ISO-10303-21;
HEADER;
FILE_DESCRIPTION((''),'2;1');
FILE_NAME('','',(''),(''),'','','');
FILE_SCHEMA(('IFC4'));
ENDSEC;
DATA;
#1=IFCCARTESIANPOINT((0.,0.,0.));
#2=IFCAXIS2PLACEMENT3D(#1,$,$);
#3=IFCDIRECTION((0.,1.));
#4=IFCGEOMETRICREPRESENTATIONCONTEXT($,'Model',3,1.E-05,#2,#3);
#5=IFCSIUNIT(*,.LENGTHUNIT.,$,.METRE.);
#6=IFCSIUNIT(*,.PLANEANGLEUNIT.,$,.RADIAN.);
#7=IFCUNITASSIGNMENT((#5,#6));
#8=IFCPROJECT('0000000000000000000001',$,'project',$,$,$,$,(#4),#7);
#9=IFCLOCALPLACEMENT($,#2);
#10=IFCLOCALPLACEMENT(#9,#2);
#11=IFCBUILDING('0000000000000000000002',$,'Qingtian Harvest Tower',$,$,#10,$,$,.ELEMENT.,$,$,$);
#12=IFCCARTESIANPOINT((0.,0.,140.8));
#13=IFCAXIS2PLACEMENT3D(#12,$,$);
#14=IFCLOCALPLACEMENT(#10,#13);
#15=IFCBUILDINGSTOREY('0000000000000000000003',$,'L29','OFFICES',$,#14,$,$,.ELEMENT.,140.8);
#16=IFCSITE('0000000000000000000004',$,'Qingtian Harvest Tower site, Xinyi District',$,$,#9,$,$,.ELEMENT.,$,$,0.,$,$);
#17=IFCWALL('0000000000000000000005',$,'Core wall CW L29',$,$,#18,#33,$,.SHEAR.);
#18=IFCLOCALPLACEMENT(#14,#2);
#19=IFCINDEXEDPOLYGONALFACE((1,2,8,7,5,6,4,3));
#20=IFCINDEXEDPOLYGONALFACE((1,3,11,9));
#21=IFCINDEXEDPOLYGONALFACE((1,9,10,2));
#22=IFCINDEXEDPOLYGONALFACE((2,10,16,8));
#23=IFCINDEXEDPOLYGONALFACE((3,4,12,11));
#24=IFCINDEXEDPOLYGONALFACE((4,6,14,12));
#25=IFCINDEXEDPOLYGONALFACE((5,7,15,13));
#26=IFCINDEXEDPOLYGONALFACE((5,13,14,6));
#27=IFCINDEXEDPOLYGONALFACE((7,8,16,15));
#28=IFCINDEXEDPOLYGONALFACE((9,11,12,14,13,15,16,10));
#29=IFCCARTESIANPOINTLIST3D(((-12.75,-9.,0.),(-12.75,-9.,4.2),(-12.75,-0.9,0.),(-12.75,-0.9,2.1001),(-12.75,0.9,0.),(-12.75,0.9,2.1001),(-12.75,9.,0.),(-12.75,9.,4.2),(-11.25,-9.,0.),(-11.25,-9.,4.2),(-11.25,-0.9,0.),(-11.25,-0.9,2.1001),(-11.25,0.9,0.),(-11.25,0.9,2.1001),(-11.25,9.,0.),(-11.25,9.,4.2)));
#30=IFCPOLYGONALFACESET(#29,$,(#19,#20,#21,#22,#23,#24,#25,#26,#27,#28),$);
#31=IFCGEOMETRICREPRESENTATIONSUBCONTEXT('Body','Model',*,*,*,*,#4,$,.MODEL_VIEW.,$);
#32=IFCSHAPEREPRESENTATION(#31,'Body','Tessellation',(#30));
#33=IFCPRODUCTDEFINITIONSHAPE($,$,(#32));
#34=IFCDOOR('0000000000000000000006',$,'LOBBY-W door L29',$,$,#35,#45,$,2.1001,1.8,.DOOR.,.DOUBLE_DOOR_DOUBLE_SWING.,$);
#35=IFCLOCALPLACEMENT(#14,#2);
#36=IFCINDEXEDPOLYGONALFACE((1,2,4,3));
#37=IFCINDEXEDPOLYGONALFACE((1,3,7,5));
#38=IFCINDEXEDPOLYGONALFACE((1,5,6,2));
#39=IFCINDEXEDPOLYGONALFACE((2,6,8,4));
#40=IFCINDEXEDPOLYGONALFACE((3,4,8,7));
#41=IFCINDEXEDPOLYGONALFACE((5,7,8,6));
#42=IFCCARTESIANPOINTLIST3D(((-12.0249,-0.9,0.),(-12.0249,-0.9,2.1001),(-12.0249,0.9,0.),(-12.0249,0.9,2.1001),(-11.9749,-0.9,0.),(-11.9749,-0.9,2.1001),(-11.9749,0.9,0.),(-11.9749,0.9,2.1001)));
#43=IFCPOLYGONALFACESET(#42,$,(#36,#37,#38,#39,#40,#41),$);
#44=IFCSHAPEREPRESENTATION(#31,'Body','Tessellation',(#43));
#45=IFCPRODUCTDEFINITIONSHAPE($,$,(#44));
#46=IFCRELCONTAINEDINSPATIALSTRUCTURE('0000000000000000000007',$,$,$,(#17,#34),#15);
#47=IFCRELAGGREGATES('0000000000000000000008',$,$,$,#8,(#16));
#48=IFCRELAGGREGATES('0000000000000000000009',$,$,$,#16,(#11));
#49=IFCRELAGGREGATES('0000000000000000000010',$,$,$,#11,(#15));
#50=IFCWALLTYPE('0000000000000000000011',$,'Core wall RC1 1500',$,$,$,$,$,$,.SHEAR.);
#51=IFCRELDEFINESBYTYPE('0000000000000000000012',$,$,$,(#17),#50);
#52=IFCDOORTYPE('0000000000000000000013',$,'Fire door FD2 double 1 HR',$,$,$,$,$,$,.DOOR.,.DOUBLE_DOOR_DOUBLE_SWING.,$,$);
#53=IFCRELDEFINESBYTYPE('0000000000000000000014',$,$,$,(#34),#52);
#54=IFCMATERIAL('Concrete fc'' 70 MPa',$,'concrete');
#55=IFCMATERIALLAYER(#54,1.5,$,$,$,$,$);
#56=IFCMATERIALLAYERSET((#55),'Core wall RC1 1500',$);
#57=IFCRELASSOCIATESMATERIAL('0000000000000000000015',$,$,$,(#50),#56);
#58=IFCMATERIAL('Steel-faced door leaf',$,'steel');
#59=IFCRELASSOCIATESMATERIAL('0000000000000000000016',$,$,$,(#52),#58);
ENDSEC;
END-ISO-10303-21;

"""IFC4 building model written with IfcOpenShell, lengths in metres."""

from ifc_helpers import new_model, si_unit, direction, frame, frame_2d, origin, place, context, subcontext, project, spatial, rectangle, extrude, material, layer, layer_set, type_object, element, fill, save


model = new_model("IFC4")

# Units and contexts
model_context = context("Model", 3, precision=1e-05, world=origin(), true_north=direction((0.0, 1.0)))
body_context = subcontext(model_context, "Body", "Model", "MODEL_VIEW")
ifc_project = project(units=[si_unit("LENGTHUNIT", "METRE"), si_unit("PLANEANGLEUNIT", "RADIAN")], contexts=[model_context])

# Site, building, storey
site_placement = place(None, origin())
site = spatial("IfcSite", under=ifc_project, at=site_placement, Name="Qingtian Harvest Tower site, Xinyi District", CompositionType="ELEMENT", RefElevation=0.0)
building_placement = place(site_placement, origin())
building = spatial("IfcBuilding", under=site, at=building_placement, Name="Qingtian Harvest Tower", CompositionType="ELEMENT")
storey_placement = place(building_placement, frame((0.0, 0.0, 140.8)))
storey = spatial("IfcBuildingStorey", under=building, at=storey_placement, Name="L29", Description="OFFICES", CompositionType="ELEMENT", Elevation=140.8)

# Shared definitions
ifc_material_1 = material(Name="Concrete fc' 70 MPa", Category="concrete")
ifc_layer_1 = layer(ifc_material_1, 1.5)
ifc_layer_set_1 = layer_set([ifc_layer_1], Name="Core wall RC1 1500")
wall_type_1 = type_object("IfcWallType", Name="Core wall RC1 1500", PredefinedType="SHEAR", material=ifc_layer_set_1)

# Wall, opening, door
wall_1_placement = place(storey_placement, frame((-12.0, -9.0, 0.0), z_axis=(0.0, 0.0, 1.0), x_axis=(0.0, 1.0, 0.0)))
wall_1 = element("IfcWall", 1, at=wall_1_placement, inside=storey, type_object=wall_type_1, Name="Core wall CW L29", PredefinedType="SHEAR", context=body_context, shape_type="SweptSolid", body=[
    extrude(rectangle(XDim=18.0, YDim=1.5, at=frame_2d((9.0, 0.0))), origin(), (0.0, 0.0, 1.0), 4.2),
])
opening_1_placement = place(wall_1_placement, frame((8.1001, 0.0, 0.0)))
opening_1 = element("IfcOpeningElement", 2, at=opening_1_placement, cuts=wall_1, PredefinedType="OPENING", context=body_context, shape_type="SweptSolid", body=[
    extrude(rectangle(XDim=1.8, YDim=2.1001, at=frame_2d((0.8999, 1.05))), frame((0.0, 0.76, 0.0), z_axis=(0.0, -1.0, 0.0), x_axis=(1.0, 0.0, 0.0)), (0.0, 0.0, 1.0), 1.52),
])
ifc_material_2 = material(Name="Steel-faced door leaf", Category="steel")
door_type_1 = type_object("IfcDoorType", Name="Fire door FD2 double 1 HR", OperationType="DOUBLE_DOOR_DOUBLE_SWING", PredefinedType="DOOR", material=ifc_material_2)
door_1_placement = place(opening_1_placement, origin())
door_1 = element("IfcDoor", 3, at=door_1_placement, inside=storey, type_object=door_type_1, Name="LOBBY-W door L29", OperationType="DOUBLE_DOOR_DOUBLE_SWING", OverallHeight=2.1001, OverallWidth=1.8, PredefinedType="DOOR", context=body_context, shape_type="SweptSolid", body=[
    extrude(rectangle(XDim=1.8, YDim=2.1001, at=frame_2d((0.8999, 1.05))), frame((0.0, 0.0249, 0.0), z_axis=(0.0, -1.0, 0.0), x_axis=(1.0, 0.0, 0.0)), (0.0, 0.0, 1.0), 0.05),
])
fill(opening_1, door_1)

save(model, "model.ifc")
